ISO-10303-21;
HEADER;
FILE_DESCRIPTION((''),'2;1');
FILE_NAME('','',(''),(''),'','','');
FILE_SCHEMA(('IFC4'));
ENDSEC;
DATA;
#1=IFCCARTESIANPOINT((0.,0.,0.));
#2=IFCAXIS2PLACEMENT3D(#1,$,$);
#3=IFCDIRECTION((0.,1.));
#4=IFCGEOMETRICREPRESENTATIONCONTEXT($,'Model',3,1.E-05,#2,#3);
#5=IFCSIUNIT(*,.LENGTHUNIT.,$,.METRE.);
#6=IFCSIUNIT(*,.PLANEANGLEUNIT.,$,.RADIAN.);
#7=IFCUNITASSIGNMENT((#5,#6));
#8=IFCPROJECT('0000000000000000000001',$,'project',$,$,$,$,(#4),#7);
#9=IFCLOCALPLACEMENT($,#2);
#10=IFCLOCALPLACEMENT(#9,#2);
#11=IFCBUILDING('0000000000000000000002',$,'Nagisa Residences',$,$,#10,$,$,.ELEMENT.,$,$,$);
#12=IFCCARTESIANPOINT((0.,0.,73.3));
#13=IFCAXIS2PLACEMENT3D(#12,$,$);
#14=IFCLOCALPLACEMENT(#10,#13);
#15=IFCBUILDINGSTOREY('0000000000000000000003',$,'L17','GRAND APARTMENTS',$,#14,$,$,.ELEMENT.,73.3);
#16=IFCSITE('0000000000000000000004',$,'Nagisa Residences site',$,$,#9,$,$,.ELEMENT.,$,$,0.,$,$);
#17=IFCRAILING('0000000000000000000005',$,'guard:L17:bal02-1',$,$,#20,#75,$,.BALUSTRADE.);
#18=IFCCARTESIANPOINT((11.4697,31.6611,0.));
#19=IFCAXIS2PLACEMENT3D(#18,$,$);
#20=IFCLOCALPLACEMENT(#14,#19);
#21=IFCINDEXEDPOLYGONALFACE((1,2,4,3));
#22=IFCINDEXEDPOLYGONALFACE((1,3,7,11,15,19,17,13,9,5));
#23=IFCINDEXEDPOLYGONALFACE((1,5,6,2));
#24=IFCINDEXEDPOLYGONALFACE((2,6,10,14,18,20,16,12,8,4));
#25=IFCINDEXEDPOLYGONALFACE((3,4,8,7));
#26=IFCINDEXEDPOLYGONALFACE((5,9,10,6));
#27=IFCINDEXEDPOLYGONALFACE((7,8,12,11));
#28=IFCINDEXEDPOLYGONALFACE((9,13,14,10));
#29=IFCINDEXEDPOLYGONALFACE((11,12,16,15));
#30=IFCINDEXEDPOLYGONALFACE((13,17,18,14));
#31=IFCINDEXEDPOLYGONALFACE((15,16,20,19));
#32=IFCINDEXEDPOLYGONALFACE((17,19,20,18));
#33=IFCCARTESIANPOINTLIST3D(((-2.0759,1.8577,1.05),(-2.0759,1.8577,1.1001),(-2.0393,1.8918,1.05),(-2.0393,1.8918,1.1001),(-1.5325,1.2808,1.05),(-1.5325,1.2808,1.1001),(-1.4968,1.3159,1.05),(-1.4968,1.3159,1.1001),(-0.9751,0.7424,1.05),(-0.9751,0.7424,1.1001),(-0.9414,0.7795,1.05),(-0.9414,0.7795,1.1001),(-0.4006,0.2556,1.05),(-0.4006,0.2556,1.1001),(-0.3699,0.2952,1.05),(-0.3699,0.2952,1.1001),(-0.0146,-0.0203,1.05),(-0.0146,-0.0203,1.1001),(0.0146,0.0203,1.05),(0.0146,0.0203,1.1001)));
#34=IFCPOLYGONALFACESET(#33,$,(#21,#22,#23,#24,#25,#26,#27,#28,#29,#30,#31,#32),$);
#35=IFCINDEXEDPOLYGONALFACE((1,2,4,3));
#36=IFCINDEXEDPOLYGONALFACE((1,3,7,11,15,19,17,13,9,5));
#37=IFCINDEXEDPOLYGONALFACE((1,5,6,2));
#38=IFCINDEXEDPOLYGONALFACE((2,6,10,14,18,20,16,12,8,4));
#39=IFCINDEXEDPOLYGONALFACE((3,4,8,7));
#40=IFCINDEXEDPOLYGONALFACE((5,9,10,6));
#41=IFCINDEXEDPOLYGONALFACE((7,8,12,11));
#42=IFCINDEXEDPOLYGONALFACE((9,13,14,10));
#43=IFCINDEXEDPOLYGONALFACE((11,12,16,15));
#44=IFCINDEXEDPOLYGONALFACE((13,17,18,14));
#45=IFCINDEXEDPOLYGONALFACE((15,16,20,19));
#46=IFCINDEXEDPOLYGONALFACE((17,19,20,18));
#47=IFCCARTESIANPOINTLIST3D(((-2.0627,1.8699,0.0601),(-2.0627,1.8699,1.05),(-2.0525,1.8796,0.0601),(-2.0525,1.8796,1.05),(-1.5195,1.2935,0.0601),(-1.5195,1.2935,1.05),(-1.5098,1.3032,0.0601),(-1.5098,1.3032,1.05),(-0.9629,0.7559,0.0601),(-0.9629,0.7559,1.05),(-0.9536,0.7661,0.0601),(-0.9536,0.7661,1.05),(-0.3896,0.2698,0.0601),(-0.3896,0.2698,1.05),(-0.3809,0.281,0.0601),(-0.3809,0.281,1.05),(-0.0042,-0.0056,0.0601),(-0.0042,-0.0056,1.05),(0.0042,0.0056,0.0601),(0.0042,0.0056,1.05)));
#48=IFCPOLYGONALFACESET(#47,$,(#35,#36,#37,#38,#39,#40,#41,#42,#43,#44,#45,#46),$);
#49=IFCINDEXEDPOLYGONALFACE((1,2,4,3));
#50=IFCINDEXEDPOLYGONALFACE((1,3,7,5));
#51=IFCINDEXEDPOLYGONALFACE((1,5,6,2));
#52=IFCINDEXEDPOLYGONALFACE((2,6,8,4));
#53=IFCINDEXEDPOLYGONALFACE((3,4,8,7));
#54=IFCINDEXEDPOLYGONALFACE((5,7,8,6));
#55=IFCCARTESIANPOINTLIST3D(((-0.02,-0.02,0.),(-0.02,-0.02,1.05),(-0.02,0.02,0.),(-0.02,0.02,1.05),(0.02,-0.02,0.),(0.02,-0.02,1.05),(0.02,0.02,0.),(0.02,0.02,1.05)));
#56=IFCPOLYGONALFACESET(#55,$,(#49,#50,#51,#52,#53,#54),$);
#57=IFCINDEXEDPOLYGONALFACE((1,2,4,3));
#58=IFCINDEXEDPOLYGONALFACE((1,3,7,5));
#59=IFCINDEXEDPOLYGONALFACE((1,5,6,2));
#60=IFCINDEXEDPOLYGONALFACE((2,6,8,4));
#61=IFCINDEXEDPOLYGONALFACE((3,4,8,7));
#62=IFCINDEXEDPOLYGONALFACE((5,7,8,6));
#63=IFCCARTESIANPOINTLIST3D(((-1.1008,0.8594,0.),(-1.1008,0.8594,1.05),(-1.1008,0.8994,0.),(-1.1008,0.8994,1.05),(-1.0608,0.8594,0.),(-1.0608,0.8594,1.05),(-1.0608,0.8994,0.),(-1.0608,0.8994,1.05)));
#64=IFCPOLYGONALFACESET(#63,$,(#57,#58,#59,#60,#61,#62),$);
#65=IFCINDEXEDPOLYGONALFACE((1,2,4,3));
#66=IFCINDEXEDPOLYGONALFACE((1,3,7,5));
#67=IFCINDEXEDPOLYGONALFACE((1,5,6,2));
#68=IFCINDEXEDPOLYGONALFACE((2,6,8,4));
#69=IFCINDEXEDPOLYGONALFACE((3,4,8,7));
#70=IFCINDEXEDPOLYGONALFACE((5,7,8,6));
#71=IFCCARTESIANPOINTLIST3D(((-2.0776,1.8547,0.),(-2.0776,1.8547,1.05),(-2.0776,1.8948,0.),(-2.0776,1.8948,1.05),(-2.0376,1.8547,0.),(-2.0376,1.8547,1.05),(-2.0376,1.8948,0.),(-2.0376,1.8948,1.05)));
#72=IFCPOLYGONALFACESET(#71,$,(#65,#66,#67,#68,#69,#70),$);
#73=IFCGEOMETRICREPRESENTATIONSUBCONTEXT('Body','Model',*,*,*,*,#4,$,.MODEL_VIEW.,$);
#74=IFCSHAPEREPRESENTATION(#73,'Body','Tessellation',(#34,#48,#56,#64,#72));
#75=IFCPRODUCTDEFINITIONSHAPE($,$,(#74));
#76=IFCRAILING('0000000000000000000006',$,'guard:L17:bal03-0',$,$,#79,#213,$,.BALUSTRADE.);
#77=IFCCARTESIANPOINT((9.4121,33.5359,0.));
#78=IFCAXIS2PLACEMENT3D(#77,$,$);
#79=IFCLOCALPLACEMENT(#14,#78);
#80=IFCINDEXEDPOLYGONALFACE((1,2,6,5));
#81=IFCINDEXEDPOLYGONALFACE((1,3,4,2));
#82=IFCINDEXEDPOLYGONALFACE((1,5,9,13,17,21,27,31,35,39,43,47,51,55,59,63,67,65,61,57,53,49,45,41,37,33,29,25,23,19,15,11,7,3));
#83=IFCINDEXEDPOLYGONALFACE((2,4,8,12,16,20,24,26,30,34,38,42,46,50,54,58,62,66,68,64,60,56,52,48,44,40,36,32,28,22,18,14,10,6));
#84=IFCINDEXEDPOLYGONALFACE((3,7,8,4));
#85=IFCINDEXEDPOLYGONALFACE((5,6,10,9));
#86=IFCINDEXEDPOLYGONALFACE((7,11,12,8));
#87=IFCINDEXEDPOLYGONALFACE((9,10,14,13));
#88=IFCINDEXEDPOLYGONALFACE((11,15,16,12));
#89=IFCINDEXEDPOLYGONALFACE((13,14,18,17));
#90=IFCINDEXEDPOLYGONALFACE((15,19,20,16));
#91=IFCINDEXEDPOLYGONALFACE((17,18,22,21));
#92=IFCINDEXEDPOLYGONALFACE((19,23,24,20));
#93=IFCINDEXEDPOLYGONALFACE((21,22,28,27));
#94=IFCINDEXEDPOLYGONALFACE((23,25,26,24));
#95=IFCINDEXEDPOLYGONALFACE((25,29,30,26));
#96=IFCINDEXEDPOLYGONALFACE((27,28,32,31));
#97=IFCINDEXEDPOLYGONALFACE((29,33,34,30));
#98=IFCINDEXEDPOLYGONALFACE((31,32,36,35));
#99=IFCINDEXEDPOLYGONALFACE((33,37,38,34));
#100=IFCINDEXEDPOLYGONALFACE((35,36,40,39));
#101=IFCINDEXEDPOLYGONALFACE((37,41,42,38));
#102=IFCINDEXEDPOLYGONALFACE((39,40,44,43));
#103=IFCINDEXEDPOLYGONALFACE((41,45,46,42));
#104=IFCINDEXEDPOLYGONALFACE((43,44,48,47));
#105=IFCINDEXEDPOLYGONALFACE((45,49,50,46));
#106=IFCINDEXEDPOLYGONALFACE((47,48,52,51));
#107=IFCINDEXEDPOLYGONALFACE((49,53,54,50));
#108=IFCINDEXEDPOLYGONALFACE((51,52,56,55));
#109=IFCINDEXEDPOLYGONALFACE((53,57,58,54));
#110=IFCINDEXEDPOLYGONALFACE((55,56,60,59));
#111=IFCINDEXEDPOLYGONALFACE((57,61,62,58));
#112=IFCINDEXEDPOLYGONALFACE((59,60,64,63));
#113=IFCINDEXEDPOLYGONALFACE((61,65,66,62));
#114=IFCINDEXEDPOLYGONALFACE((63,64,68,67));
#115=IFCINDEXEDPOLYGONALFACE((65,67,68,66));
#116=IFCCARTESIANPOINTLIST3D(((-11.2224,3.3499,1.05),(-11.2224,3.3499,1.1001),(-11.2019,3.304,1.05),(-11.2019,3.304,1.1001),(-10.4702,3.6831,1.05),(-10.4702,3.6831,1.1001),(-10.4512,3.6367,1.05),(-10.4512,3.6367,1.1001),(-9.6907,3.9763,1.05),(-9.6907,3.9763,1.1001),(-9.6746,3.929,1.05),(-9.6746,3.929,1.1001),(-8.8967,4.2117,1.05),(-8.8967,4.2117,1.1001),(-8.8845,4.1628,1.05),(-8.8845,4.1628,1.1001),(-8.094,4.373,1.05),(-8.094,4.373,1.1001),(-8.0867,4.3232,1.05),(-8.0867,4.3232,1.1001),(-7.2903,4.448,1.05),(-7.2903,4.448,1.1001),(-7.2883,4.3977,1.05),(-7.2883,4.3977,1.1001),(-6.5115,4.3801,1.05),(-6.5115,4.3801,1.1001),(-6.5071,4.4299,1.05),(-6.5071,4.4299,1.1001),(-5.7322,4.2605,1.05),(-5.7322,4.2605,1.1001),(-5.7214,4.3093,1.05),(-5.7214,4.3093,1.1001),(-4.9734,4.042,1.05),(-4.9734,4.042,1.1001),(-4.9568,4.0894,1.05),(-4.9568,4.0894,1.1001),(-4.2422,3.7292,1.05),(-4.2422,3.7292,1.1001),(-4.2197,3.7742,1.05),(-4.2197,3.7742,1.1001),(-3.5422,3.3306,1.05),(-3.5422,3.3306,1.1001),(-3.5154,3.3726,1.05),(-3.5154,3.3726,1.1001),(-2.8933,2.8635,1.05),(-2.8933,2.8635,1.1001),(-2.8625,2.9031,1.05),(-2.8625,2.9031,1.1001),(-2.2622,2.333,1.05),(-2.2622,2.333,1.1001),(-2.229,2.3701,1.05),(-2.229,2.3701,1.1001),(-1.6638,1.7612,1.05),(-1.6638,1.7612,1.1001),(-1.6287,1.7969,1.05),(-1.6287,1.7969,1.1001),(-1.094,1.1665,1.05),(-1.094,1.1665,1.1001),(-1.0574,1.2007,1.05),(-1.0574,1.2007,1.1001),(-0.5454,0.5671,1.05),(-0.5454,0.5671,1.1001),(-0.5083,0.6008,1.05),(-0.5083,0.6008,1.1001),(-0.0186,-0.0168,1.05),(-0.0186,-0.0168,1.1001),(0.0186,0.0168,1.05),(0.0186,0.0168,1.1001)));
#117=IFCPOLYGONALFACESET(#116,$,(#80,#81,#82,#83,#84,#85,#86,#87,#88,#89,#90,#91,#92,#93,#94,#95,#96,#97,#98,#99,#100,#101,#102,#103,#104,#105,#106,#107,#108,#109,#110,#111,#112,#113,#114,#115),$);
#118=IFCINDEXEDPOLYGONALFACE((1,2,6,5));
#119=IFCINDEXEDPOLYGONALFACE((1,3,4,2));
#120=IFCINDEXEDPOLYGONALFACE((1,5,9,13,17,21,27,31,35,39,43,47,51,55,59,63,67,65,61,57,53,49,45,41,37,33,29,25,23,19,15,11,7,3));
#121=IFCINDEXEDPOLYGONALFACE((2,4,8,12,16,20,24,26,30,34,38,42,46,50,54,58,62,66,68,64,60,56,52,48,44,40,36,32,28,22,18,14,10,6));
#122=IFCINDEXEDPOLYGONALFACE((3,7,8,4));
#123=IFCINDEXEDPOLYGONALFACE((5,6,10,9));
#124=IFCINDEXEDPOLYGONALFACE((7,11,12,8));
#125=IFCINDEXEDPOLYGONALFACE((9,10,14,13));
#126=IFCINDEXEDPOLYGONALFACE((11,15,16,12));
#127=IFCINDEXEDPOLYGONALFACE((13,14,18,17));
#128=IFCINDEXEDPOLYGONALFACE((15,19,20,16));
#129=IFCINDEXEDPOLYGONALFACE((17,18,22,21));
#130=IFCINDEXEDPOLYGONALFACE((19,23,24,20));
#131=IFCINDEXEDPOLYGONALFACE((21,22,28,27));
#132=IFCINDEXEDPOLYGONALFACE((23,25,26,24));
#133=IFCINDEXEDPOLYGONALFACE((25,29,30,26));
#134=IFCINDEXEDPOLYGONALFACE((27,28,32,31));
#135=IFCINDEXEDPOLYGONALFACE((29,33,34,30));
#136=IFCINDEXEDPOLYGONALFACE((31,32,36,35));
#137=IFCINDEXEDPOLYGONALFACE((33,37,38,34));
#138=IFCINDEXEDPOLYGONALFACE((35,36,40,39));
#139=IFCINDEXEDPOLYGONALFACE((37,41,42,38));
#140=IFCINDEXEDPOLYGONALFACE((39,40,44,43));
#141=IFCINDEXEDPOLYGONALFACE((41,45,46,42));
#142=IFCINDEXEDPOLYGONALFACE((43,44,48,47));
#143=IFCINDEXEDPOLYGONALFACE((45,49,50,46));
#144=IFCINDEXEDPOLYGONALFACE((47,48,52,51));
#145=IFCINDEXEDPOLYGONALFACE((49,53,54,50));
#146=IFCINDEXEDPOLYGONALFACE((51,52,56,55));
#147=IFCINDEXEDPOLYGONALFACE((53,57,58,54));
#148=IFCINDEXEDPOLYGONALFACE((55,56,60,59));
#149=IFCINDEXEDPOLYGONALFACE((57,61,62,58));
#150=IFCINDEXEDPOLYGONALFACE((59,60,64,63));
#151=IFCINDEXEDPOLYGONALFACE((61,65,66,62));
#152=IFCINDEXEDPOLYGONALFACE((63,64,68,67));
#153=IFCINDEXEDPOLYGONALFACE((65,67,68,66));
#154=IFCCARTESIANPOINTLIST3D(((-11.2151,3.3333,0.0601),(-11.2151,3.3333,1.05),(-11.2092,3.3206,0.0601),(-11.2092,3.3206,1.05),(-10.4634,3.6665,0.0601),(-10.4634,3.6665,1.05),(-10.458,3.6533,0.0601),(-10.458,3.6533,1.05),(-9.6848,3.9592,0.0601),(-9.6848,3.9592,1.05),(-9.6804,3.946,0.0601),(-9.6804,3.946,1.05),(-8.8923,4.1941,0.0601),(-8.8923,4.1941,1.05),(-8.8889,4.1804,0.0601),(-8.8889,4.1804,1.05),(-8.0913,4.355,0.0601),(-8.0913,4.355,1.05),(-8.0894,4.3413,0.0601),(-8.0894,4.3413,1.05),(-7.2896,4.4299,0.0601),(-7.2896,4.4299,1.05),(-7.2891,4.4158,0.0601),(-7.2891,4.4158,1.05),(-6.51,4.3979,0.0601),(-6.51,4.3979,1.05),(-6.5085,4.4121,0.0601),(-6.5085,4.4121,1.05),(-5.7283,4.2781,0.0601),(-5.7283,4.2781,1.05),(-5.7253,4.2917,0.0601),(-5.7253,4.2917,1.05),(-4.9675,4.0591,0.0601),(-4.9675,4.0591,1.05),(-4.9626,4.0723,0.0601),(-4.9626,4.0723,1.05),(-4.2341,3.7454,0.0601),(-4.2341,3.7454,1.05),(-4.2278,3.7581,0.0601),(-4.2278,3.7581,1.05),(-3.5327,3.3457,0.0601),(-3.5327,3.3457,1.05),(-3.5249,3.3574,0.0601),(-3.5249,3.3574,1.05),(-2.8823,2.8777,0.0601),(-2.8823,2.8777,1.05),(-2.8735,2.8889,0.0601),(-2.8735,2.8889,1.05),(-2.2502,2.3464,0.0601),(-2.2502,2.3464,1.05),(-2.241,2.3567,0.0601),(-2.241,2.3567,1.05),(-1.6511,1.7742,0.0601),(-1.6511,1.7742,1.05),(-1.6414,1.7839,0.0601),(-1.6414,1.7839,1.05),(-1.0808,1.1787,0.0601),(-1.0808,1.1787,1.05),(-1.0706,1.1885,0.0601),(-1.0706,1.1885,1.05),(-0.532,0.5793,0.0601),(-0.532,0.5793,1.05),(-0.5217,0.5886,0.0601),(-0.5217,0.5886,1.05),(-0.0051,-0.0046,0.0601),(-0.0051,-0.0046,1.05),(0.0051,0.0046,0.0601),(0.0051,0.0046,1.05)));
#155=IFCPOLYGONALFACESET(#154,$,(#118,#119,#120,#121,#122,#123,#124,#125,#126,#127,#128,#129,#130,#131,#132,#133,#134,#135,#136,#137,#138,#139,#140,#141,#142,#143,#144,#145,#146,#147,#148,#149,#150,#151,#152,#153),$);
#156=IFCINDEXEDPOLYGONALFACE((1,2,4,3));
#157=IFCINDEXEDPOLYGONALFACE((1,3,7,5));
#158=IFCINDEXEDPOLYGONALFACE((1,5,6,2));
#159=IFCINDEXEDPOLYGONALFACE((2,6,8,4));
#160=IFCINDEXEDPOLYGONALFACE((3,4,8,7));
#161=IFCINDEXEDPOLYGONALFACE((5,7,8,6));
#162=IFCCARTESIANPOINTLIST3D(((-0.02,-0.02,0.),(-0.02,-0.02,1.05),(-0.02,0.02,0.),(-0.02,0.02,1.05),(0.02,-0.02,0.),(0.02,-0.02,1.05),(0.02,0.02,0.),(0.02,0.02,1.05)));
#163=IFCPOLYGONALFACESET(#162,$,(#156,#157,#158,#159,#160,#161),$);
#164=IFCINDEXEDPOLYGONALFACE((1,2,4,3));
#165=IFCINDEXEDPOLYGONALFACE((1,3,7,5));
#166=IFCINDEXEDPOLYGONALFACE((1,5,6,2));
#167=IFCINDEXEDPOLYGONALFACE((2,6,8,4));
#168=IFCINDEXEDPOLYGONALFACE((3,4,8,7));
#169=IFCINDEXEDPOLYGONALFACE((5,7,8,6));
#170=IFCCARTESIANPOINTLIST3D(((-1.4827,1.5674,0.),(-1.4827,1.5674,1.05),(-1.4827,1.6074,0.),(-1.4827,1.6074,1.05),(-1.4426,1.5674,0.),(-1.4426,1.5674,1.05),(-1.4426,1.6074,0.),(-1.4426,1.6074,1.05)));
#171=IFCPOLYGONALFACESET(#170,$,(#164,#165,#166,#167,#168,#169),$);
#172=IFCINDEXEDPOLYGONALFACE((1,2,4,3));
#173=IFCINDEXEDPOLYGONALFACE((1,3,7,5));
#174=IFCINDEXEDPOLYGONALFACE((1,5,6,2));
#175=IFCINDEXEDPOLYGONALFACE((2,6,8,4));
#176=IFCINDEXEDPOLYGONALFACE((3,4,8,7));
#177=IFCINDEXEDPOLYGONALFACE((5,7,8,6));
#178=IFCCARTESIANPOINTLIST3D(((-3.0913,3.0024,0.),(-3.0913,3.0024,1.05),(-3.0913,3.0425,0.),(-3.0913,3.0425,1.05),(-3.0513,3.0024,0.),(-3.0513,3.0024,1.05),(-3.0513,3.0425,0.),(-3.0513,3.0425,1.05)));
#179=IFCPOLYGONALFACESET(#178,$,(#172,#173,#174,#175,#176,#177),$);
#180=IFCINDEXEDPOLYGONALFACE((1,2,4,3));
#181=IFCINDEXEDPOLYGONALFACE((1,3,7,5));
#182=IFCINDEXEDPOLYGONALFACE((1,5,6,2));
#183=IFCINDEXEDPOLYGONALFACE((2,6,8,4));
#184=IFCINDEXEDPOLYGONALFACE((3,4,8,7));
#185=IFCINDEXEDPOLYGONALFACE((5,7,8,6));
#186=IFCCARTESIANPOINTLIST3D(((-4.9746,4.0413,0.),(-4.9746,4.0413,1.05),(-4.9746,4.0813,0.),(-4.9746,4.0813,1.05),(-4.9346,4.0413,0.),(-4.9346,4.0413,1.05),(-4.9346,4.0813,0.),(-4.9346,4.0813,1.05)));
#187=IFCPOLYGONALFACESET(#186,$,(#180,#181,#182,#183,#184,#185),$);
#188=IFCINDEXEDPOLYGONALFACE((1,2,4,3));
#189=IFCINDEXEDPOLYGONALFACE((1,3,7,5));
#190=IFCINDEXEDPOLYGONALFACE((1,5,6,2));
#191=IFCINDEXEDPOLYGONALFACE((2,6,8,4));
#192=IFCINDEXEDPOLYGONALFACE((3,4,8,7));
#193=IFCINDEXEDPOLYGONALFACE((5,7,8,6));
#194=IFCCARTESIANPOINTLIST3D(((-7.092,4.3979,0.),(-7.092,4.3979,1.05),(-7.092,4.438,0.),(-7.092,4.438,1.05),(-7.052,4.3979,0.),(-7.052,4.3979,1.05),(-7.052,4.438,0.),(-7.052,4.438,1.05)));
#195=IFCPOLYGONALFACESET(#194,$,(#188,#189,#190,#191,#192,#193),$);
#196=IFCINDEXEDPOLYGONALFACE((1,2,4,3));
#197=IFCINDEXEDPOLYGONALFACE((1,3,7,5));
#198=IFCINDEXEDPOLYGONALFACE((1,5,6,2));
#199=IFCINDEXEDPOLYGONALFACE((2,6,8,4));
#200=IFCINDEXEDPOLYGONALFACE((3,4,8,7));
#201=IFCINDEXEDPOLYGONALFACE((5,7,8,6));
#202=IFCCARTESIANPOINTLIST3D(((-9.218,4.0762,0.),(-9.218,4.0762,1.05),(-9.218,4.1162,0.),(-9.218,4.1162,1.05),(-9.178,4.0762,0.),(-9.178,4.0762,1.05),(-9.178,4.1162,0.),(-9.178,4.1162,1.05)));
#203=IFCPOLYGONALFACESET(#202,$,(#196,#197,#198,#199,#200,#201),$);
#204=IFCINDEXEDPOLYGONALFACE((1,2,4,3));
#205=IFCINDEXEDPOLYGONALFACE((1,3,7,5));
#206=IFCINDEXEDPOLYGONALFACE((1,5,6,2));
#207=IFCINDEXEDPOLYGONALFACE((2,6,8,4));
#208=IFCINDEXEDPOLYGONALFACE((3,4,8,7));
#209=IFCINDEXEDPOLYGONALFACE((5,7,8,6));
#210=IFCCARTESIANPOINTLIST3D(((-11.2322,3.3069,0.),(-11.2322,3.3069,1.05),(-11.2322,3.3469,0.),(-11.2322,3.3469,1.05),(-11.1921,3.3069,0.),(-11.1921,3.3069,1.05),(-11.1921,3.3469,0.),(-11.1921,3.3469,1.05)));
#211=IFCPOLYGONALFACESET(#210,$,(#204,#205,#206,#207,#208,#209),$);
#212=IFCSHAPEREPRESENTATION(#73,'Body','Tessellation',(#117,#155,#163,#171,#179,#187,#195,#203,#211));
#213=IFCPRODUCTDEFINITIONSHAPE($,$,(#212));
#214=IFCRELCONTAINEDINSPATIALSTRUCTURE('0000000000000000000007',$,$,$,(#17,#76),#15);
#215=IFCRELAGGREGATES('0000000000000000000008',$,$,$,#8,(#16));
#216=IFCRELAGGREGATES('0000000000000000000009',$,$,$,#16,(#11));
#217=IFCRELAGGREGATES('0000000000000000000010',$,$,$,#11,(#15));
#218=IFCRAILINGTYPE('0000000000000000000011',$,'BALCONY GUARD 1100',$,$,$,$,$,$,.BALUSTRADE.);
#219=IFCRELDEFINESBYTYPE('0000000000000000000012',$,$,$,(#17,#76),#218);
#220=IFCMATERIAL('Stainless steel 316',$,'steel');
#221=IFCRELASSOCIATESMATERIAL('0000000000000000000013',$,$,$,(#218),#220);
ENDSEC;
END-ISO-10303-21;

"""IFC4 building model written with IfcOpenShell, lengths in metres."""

from ifc_helpers import new_model, si_unit, direction, frame, origin, origin_2d, place, context, subcontext, project, spatial, polyline, rectangle, outline, extrude, material, type_object, element, save


model = new_model("IFC4")

# Units and contexts
model_context = context("Model", 3, precision=1e-05, world=origin(), true_north=direction((0.0, 1.0)))
body_context = subcontext(model_context, "Body", "Model", "MODEL_VIEW")
ifc_project = project(units=[si_unit("LENGTHUNIT", "METRE"), si_unit("PLANEANGLEUNIT", "RADIAN")], contexts=[model_context])

# Site, building, storey
site_placement = place(None, origin())
site = spatial("IfcSite", under=ifc_project, at=site_placement, Name="Nagisa Residences site", CompositionType="ELEMENT", RefElevation=0.0)
building_placement = place(site_placement, origin())
building = spatial("IfcBuilding", under=site, at=building_placement, Name="Nagisa Residences", CompositionType="ELEMENT")
storey_placement = place(building_placement, frame((0.0, 0.0, 73.3)))
storey = spatial("IfcBuildingStorey", under=building, at=storey_placement, Name="L17", Description="GRAND APARTMENTS", CompositionType="ELEMENT", Elevation=73.3)

# Railings
ifc_material_1 = material(Name="Stainless steel 316", Category="steel")
railing_type_1 = type_object("IfcRailingType", Name="BALCONY GUARD 1100", PredefinedType="BALUSTRADE", material=ifc_material_1)
railing_1_placement = place(storey_placement, frame((11.4697, 31.6611, 0.0)))
element("IfcRailing", 1, at=railing_1_placement, inside=storey, type_object=railing_type_1, Name="guard:L17:bal02-1", PredefinedType="BALUSTRADE", context=body_context, shape_type="SweptSolid", body=[
    extrude(outline(polyline([(-0.4006, 0.2556), (-0.0146, -0.0203), (0.0146, 0.0203), (-0.3699, 0.2952), (-0.9414, 0.7795), (-1.4968, 1.3159), (-2.0393, 1.8918), (-2.0759, 1.8577), (-1.5325, 1.2808), (-0.9751, 0.7424), (-0.4006, 0.2556)])), frame((0.0, 0.0, 1.05)), (0.0, 0.0, 1.0), 0.05),
    extrude(outline(polyline([(-0.3896, 0.2698), (-0.0042, -0.0056), (0.0042, 0.0056), (-0.3809, 0.281), (-0.9536, 0.7661), (-1.5098, 1.3032), (-2.0525, 1.8796), (-2.0627, 1.8699), (-1.5195, 1.2935), (-0.9629, 0.7559), (-0.3896, 0.2698)])), frame((0.0, 0.0, 0.0601)), (0.0, 0.0, 1.0), 0.99),
    extrude(rectangle(XDim=0.04, YDim=0.04, at=origin_2d()), origin(), (0.0, 0.0, 1.0), 1.05),
    extrude(rectangle(XDim=0.04, YDim=0.04, at=origin_2d()), frame((-1.0808, 0.8794, 0.0)), (0.0, 0.0, 1.0), 1.05),
    extrude(rectangle(XDim=0.04, YDim=0.04, at=origin_2d()), frame((-2.0576, 1.8748, 0.0)), (0.0, 0.0, 1.0), 1.05),
])
railing_2_placement = place(storey_placement, frame((9.4121, 33.5359, 0.0)))
element("IfcRailing", 2, at=railing_2_placement, inside=storey, type_object=railing_type_1, Name="guard:L17:bal03-0", PredefinedType="BALUSTRADE", context=body_context, shape_type="SweptSolid", body=[
    extrude(outline(polyline([(-0.5454, 0.5671), (-0.0186, -0.0168), (0.0186, 0.0168), (-0.5083, 0.6008), (-1.0574, 1.2007), (-1.6287, 1.7969), (-2.229, 2.3701), (-2.8625, 2.9031), (-3.5154, 3.3726), (-4.2197, 3.7742), (-4.9568, 4.0894), (-5.7214, 4.3093), (-6.5071, 4.4299), (-7.2903, 4.448), (-8.094, 4.373), (-8.8967, 4.2117), (-9.6907, 3.9763), (-10.4702, 3.6831), (-11.2224, 3.3499), (-11.2019, 3.304), (-10.4512, 3.6367), (-9.6746, 3.929), (-8.8845, 4.1628), (-8.0867, 4.3232), (-7.2883, 4.3977), (-6.5115, 4.3801), (-5.7322, 4.2605), (-4.9734, 4.042), (-4.2422, 3.7292), (-3.5422, 3.3306), (-2.8933, 2.8635), (-2.2622, 2.333), (-1.6638, 1.7612), (-1.094, 1.1665), (-0.5454, 0.5671)])), frame((0.0, 0.0, 1.05)), (0.0, 0.0, 1.0), 0.05),
    extrude(outline(polyline([(-0.532, 0.5793), (-0.0051, -0.0046), (0.0051, 0.0046), (-0.5217, 0.5886), (-1.0706, 1.1885), (-1.6414, 1.7839), (-2.241, 2.3567), (-2.8735, 2.8889), (-3.5249, 3.3574), (-4.2278, 3.7581), (-4.9626, 4.0723), (-5.7253, 4.2917), (-6.5085, 4.4121), (-7.2896, 4.4299), (-8.0913, 4.355), (-8.8923, 4.1941), (-9.6848, 3.9592), (-10.4634, 3.6665), (-11.2151, 3.3333), (-11.2092, 3.3206), (-10.458, 3.6533), (-9.6804, 3.946), (-8.8889, 4.1804), (-8.0894, 4.3413), (-7.2891, 4.4158), (-6.51, 4.3979), (-5.7283, 4.2781), (-4.9675, 4.0591), (-4.2341, 3.7454), (-3.5327, 3.3457), (-2.8823, 2.8777), (-2.2502, 2.3464), (-1.6511, 1.7742), (-1.0808, 1.1787), (-0.532, 0.5793)])), frame((0.0, 0.0, 0.0601)), (0.0, 0.0, 1.0), 0.99),
    extrude(rectangle(XDim=0.04, YDim=0.04, at=origin_2d()), origin(), (0.0, 0.0, 1.0), 1.05),
    extrude(rectangle(XDim=0.04, YDim=0.04, at=origin_2d()), frame((-1.4626, 1.5874, 0.0)), (0.0, 0.0, 1.0), 1.05),
    extrude(rectangle(XDim=0.04, YDim=0.04, at=origin_2d()), frame((-3.0713, 3.0225, 0.0)), (0.0, 0.0, 1.0), 1.05),
    extrude(rectangle(XDim=0.04, YDim=0.04, at=origin_2d()), frame((-4.9546, 4.0613, 0.0)), (0.0, 0.0, 1.0), 1.05),
    extrude(rectangle(XDim=0.04, YDim=0.04, at=origin_2d()), frame((-7.072, 4.418, 0.0)), (0.0, 0.0, 1.0), 1.05),
    extrude(rectangle(XDim=0.04, YDim=0.04, at=origin_2d()), frame((-9.198, 4.0962, 0.0)), (0.0, 0.0, 1.0), 1.05),
    extrude(rectangle(XDim=0.04, YDim=0.04, at=origin_2d()), frame((-11.2122, 3.3269, 0.0)), (0.0, 0.0, 1.0), 1.05),
])

save(model, "model.ifc")
